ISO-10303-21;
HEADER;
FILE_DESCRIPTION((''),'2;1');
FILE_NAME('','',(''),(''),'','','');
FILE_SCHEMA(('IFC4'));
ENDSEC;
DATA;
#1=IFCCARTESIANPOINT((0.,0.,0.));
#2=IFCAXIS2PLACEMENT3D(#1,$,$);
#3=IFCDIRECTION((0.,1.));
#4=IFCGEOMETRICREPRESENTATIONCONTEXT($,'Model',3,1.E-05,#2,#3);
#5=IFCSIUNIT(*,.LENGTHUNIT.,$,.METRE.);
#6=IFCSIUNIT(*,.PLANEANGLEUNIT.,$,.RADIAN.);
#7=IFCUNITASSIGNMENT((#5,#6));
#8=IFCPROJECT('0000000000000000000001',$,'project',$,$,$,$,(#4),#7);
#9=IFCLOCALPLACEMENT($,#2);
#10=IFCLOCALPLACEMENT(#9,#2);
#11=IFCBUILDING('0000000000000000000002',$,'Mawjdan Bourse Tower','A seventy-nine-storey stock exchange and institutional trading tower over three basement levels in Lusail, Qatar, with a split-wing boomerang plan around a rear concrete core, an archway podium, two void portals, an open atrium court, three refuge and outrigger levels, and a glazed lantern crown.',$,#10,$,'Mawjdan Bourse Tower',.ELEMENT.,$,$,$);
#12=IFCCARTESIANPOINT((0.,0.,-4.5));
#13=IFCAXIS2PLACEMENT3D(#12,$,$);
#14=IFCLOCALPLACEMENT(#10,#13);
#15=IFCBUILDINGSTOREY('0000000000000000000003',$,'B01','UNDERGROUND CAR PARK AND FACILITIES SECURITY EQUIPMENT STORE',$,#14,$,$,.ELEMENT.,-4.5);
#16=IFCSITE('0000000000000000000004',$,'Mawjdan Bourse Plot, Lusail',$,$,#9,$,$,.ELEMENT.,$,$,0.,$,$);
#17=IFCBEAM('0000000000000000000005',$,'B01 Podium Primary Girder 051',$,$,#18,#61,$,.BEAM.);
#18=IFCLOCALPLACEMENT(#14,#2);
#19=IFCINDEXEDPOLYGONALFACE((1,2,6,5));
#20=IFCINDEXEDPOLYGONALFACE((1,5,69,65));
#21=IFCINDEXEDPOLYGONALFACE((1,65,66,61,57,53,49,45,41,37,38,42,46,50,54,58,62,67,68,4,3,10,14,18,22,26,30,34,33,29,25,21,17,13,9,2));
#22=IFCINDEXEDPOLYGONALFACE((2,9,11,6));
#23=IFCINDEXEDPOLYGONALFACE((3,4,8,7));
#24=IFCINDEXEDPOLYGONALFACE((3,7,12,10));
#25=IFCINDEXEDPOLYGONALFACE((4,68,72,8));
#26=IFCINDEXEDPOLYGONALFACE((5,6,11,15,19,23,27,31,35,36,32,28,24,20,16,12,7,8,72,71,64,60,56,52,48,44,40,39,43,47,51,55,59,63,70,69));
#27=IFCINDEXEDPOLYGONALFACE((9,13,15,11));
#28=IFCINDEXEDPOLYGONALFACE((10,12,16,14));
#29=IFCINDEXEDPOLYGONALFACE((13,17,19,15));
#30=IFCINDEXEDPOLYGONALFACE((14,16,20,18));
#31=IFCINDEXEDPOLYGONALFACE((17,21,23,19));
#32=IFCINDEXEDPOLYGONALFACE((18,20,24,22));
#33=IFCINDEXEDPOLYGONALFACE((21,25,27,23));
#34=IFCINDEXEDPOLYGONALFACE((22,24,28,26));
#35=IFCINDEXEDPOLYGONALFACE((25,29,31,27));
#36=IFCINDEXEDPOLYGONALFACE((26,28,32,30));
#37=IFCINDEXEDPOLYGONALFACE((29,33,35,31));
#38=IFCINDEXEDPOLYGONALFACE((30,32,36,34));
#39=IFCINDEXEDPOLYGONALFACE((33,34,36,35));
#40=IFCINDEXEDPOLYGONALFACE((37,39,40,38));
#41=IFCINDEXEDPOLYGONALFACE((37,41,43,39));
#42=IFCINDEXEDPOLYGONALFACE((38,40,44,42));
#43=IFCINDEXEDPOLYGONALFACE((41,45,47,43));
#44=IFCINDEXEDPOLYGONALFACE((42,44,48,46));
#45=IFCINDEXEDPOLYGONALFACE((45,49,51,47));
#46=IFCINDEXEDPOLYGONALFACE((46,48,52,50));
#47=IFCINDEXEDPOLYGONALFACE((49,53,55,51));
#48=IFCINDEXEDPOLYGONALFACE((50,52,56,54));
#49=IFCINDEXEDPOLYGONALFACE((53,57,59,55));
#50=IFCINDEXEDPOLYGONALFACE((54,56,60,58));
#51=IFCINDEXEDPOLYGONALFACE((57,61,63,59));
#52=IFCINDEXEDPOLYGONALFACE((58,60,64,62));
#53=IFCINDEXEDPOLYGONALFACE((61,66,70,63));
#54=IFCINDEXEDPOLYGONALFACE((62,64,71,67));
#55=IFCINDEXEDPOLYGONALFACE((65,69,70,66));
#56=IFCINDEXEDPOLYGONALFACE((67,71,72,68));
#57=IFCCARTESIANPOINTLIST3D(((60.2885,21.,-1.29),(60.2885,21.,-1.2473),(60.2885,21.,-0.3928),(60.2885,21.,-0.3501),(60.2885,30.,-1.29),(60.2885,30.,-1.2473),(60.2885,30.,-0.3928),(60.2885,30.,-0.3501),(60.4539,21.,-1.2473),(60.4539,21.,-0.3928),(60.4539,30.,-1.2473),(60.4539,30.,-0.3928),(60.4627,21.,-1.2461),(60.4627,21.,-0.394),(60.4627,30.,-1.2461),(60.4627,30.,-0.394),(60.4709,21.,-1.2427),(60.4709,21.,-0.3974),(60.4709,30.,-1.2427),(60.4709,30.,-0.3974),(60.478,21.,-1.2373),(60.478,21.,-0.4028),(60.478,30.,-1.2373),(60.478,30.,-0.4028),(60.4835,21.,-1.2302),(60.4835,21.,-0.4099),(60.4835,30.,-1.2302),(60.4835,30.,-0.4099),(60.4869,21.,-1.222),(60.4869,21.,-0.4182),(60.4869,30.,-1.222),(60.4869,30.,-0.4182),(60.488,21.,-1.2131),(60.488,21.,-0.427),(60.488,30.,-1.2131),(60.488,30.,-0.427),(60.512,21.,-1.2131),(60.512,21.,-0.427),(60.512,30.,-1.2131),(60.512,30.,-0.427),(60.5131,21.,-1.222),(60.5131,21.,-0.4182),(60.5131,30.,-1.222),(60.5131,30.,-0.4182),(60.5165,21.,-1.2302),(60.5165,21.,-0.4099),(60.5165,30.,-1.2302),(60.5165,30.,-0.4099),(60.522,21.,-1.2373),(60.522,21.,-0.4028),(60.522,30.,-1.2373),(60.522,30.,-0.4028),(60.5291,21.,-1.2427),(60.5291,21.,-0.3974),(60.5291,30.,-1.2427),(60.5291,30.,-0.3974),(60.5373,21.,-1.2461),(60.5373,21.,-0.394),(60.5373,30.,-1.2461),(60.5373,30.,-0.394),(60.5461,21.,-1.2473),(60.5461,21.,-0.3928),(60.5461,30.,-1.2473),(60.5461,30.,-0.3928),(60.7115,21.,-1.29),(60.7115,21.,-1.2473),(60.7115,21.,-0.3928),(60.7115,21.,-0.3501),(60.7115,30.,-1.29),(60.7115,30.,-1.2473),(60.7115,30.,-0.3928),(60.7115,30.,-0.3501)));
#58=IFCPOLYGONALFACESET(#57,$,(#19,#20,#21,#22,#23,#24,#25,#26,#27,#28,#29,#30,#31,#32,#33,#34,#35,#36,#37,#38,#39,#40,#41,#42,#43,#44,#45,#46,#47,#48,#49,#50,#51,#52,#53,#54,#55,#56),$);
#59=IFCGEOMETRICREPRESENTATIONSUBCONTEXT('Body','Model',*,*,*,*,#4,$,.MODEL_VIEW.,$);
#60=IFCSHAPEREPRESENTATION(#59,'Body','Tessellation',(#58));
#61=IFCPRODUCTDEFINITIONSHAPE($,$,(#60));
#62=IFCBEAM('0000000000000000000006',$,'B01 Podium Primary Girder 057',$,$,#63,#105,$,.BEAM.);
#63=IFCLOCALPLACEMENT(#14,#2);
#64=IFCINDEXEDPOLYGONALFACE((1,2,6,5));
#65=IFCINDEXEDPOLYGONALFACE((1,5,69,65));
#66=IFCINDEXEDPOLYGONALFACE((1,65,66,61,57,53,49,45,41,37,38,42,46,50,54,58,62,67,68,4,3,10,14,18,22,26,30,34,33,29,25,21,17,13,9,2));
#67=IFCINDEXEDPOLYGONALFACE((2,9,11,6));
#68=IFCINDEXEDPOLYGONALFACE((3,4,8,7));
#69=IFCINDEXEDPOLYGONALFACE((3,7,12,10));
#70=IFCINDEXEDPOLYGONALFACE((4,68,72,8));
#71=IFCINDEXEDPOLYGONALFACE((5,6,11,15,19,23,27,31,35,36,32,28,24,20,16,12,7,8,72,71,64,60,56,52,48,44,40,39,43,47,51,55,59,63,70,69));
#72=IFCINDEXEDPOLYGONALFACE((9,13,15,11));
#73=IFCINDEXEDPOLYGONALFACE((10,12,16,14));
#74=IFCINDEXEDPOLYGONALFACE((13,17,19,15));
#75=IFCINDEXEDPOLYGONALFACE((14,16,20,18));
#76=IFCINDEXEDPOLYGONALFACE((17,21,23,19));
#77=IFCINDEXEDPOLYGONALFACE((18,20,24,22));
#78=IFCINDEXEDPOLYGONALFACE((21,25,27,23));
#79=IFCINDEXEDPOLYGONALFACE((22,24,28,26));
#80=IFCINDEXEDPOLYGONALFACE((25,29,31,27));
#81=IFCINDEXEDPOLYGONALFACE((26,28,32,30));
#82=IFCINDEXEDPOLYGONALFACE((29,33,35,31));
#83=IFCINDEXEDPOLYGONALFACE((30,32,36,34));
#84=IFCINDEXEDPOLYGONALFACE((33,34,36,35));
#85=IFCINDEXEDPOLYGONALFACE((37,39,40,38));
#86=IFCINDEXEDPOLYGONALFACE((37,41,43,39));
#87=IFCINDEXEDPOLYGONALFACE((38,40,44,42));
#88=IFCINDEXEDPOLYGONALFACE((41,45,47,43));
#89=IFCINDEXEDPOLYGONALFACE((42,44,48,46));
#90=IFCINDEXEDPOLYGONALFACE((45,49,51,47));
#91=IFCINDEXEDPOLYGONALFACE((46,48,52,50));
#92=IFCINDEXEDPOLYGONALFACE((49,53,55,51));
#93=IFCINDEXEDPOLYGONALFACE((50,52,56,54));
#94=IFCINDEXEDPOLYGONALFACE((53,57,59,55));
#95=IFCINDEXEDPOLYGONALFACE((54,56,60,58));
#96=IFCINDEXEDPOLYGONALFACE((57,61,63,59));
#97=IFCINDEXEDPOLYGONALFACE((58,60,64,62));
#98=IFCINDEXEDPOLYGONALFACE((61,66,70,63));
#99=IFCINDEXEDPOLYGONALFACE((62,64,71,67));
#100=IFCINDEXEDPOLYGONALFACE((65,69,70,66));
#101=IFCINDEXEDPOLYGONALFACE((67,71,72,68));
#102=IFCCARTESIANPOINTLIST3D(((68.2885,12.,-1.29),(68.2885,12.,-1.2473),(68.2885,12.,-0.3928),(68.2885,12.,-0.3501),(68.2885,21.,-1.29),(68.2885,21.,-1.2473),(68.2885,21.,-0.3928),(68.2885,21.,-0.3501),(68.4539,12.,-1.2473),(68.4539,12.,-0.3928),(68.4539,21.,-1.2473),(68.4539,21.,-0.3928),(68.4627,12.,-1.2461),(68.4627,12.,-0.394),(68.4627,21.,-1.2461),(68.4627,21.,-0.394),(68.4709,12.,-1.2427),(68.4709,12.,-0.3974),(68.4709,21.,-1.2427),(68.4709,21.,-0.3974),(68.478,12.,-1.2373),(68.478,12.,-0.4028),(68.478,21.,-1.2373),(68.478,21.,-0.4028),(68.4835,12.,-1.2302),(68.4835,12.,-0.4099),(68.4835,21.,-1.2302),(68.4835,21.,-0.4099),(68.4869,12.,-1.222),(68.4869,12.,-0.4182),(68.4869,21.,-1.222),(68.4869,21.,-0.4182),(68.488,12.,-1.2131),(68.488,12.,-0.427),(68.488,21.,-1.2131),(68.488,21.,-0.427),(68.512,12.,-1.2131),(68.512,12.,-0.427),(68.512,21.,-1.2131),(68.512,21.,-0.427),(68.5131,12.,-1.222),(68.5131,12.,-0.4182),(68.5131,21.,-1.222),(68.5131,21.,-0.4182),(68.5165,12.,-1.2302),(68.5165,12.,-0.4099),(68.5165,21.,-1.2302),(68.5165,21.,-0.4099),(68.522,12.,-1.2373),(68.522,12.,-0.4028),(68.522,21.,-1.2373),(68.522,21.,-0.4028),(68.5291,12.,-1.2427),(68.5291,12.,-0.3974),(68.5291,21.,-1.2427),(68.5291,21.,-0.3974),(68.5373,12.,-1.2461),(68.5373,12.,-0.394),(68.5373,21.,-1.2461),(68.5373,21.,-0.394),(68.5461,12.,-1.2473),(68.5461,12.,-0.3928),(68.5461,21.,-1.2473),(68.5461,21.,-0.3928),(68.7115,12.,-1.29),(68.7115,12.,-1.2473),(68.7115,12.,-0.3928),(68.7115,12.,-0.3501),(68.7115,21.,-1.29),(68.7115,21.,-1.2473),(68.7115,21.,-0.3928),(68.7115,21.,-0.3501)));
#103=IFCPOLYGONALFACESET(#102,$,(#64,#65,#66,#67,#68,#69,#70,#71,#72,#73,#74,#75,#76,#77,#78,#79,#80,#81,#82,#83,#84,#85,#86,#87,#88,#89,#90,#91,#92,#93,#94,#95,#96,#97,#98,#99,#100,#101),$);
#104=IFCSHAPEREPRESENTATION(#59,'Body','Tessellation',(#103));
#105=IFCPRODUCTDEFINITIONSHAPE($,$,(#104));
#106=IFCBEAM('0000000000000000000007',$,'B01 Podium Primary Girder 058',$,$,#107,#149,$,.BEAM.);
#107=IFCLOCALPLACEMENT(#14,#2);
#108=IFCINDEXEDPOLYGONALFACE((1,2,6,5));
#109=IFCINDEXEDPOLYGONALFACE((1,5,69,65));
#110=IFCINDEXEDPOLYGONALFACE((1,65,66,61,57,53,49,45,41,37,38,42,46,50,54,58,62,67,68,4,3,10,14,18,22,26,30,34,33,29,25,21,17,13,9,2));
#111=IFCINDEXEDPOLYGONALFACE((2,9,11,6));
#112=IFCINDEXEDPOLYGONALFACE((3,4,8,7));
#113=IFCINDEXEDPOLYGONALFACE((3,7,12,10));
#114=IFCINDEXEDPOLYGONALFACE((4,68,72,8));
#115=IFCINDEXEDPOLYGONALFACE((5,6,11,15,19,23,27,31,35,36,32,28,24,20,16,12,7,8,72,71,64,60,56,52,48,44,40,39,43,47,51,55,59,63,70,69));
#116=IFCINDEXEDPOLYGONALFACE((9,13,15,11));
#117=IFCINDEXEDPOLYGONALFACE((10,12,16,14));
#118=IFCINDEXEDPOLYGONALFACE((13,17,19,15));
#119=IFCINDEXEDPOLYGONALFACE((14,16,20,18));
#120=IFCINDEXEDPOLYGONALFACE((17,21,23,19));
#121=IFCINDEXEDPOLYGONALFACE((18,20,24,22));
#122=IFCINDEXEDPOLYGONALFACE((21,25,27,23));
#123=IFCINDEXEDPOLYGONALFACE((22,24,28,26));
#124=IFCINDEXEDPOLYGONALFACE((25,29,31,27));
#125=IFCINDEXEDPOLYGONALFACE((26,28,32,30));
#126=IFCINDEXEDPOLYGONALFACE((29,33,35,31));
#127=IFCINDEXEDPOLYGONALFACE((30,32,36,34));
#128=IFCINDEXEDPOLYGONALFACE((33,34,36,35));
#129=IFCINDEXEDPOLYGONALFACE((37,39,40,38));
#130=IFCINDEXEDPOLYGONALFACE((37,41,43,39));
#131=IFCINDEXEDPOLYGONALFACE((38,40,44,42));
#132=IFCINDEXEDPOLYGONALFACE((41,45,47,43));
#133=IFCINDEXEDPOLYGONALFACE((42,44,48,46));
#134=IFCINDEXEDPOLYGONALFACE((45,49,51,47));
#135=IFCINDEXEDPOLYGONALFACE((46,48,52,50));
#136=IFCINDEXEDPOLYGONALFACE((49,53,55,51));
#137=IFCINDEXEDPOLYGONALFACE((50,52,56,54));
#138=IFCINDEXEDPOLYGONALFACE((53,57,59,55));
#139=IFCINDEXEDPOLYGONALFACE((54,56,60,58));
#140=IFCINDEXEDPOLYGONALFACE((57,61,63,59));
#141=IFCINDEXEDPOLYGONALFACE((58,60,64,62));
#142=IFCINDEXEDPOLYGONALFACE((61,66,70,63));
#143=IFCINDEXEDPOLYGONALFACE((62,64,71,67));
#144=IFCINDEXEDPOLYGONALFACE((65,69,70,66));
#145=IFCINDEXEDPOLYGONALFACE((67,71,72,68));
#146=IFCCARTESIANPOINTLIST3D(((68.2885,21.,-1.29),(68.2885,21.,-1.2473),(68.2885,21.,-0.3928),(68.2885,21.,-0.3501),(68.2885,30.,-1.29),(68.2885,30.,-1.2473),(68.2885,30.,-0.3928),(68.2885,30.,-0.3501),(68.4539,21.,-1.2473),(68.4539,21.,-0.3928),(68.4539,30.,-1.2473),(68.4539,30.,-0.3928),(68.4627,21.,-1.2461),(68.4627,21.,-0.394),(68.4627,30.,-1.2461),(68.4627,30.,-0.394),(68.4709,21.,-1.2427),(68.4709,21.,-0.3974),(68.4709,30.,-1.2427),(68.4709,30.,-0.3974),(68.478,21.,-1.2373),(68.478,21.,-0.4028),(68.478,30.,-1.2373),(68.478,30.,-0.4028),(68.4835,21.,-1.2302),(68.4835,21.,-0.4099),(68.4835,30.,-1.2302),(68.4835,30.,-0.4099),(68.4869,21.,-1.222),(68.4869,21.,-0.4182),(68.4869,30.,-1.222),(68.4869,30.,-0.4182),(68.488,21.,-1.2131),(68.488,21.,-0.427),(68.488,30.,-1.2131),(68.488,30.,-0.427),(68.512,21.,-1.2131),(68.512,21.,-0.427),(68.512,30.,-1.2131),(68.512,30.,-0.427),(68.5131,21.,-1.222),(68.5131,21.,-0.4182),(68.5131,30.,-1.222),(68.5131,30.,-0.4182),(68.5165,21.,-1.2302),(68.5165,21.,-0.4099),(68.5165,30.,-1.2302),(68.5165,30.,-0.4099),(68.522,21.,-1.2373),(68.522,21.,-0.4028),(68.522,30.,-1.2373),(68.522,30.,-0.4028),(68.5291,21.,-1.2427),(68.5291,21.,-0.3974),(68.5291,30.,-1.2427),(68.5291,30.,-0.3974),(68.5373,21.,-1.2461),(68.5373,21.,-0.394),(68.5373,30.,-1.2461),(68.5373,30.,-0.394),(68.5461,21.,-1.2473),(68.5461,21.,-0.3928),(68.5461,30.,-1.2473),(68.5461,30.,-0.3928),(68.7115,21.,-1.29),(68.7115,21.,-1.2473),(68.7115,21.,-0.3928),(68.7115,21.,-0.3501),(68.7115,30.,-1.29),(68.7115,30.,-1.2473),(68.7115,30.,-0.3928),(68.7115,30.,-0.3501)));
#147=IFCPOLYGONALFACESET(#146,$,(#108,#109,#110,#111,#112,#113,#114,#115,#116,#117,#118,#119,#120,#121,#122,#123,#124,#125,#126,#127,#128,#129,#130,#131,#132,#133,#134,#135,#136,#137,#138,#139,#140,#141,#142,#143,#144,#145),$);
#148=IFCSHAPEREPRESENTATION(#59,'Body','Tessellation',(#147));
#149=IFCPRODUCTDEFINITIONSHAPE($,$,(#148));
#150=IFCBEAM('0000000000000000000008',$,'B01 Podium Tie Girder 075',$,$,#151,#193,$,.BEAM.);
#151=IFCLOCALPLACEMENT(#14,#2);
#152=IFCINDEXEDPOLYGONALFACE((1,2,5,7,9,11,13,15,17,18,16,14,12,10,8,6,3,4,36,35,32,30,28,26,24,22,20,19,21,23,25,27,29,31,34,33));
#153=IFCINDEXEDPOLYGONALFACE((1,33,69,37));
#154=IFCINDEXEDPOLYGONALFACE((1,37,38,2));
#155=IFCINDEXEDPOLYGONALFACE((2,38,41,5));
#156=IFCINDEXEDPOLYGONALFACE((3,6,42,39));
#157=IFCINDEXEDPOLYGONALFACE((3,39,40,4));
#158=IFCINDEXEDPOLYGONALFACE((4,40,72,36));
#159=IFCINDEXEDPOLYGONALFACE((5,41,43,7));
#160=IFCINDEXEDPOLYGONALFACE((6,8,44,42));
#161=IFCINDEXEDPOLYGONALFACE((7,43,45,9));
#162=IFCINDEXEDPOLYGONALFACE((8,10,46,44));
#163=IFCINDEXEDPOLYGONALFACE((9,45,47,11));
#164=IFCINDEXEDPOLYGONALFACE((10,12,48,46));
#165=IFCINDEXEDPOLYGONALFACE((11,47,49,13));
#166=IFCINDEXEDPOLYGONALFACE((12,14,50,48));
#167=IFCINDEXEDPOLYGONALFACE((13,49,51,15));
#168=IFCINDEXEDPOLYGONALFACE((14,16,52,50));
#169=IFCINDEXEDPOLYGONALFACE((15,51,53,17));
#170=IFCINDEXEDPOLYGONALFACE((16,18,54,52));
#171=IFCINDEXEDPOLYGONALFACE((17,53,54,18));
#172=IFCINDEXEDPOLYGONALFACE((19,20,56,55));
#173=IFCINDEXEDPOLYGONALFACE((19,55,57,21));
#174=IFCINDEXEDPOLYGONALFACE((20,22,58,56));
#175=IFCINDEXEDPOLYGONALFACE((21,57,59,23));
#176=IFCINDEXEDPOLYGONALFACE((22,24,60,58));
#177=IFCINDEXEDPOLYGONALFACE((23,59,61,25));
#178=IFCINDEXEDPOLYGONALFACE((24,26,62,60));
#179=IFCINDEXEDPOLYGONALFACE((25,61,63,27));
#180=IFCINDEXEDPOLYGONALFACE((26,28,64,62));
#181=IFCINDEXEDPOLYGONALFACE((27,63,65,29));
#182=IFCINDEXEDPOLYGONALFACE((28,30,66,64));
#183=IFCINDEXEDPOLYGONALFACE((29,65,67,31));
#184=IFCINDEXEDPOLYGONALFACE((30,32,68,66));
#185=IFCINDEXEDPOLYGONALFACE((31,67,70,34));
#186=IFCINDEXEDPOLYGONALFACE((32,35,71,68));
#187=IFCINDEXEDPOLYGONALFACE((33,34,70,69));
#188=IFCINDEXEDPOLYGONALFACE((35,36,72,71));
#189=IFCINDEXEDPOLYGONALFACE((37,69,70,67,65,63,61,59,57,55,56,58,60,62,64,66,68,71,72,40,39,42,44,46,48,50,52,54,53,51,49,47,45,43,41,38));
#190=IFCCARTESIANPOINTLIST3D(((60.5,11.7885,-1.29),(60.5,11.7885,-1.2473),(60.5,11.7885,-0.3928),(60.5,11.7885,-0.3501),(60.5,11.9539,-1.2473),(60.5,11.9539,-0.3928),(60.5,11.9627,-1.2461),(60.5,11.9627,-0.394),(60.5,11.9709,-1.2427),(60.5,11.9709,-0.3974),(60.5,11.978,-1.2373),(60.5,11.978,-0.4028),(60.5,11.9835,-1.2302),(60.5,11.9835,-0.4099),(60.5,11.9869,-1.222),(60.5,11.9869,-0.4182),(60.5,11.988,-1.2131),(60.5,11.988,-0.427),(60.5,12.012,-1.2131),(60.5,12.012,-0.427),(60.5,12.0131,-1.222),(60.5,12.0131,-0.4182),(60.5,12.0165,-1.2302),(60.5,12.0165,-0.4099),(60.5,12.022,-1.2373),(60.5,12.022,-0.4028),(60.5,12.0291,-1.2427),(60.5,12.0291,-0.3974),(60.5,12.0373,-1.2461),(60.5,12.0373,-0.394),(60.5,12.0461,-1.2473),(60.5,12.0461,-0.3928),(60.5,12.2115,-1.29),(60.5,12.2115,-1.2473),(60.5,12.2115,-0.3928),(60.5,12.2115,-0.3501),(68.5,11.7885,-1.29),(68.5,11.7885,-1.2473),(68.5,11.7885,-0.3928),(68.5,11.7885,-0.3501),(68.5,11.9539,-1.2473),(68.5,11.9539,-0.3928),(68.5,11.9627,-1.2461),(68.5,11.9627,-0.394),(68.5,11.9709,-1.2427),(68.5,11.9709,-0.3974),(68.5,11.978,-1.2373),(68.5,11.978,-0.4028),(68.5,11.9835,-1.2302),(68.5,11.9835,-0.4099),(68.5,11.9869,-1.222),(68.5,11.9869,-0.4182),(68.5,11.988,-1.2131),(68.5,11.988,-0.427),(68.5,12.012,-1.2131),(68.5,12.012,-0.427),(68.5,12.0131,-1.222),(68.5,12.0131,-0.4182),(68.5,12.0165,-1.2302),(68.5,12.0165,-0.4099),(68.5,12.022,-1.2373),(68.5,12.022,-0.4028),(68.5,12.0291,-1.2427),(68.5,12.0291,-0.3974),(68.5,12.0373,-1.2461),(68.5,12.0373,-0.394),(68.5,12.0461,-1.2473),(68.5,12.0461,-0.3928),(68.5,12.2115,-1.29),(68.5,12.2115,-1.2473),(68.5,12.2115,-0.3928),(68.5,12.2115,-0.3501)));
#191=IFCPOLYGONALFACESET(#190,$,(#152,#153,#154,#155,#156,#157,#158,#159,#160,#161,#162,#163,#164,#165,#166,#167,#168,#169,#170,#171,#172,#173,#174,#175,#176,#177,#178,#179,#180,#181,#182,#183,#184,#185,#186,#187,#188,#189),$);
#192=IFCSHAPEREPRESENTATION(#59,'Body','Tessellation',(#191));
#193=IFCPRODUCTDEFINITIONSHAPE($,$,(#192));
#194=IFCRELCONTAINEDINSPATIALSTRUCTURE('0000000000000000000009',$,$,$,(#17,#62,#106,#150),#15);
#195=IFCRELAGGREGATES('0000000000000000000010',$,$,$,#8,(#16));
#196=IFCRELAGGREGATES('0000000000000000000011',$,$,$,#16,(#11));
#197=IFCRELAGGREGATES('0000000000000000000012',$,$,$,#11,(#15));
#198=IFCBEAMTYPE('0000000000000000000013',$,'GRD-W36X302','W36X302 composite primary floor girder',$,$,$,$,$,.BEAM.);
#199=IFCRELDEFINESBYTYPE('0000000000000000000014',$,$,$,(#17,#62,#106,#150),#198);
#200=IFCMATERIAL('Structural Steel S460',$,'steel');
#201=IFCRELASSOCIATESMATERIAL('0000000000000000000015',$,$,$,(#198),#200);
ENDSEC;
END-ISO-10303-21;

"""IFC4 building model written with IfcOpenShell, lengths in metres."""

from ifc_helpers import new_model, si_unit, direction, frame, origin, origin_2d, place, context, subcontext, project, spatial, i_section, extrude, material, material_profile, profile_set, type_object, element, save


model = new_model("IFC4")

# Units and contexts
model_context = context("Model", 3, precision=1e-05, world=origin(), true_north=direction((0.0, 1.0)))
body_context = subcontext(model_context, "Body", "Model", "MODEL_VIEW")
ifc_project = project(units=[si_unit("LENGTHUNIT", "METRE"), si_unit("PLANEANGLEUNIT", "RADIAN")], contexts=[model_context])

# Site, building, storey
site_placement = place(None, origin())
site = spatial("IfcSite", under=ifc_project, at=site_placement, Name="Mawjdan Bourse Plot, Lusail", CompositionType="ELEMENT", RefElevation=0.0)
building_placement = place(site_placement, origin())
building = spatial("IfcBuilding", under=site, at=building_placement, Name="Mawjdan Bourse Tower", Description="A seventy-nine-storey stock exchange and institutional trading tower over three basement levels in Lusail, Qatar, with a split-wing boomerang plan around a rear concrete core, an archway podium, two void portals, an open atrium court, three refuge and outrigger levels, and a glazed lantern crown.", LongName="Mawjdan Bourse Tower", CompositionType="ELEMENT")
storey_placement = place(building_placement, frame((0.0, 0.0, -4.5)))
storey = spatial("IfcBuildingStorey", under=building, at=storey_placement, Name="B01", Description="UNDERGROUND CAR PARK AND FACILITIES SECURITY EQUIPMENT STORE", CompositionType="ELEMENT", Elevation=-4.5)

# Beams
ifc_material_1 = material(Name="Structural Steel S460", Category="steel")
ifc_material_profile_1 = material_profile(ifc_material_1, i_section(OverallWidth=0.4231, OverallDepth=0.9399, WebThickness=0.0239, FlangeThickness=0.0427, FilletRadius=0.0342, at=origin_2d()), Name="W36X302")
ifc_profile_set_1 = profile_set([ifc_material_profile_1], Name="Structural Steel S460")
beam_type_1 = type_object("IfcBeamType", Name="GRD-W36X302", Description="W36X302 composite primary floor girder", PredefinedType="BEAM", material=ifc_profile_set_1)
for number, where, z_axis, x_axis, name in (
    (1, (60.5, 21.0, -0.8201), (0.0, 1.0, 0.0), (-1.0, 0.0, 0.0), "B01 Podium Primary Girder 051"),
    (2, (68.5, 12.0, -0.8201), (0.0, 1.0, 0.0), (-1.0, 0.0, 0.0), "B01 Podium Primary Girder 057"),
    (3, (68.5, 21.0, -0.8201), (0.0, 1.0, 0.0), (-1.0, 0.0, 0.0), "B01 Podium Primary Girder 058"),
):
    element("IfcBeam", number, at=place(storey_placement, frame(where, z_axis=z_axis, x_axis=x_axis)), inside=storey, type_object=beam_type_1, Name=name, PredefinedType="BEAM", context=body_context, shape_type="SweptSolid", body=[
        extrude(i_section(OverallWidth=0.4231, OverallDepth=0.9399, WebThickness=0.0239, FlangeThickness=0.0427, FilletRadius=0.0342, at=origin_2d()), origin(), (0.0, 0.0, 1.0), 9.0),
    ])
beam_1_placement = place(storey_placement, frame((60.5, 12.0, -0.8201), z_axis=(1.0, 0.0, 0.0), x_axis=(0.0, 1.0, 0.0)))
element("IfcBeam", 4, at=beam_1_placement, inside=storey, type_object=beam_type_1, Name="B01 Podium Tie Girder 075", PredefinedType="BEAM", context=body_context, shape_type="SweptSolid", body=[
    extrude(i_section(OverallWidth=0.4231, OverallDepth=0.9399, WebThickness=0.0239, FlangeThickness=0.0427, FilletRadius=0.0342, at=origin_2d()), origin(), (0.0, 0.0, 1.0), 8.0),
])

save(model, "model.ifc")
